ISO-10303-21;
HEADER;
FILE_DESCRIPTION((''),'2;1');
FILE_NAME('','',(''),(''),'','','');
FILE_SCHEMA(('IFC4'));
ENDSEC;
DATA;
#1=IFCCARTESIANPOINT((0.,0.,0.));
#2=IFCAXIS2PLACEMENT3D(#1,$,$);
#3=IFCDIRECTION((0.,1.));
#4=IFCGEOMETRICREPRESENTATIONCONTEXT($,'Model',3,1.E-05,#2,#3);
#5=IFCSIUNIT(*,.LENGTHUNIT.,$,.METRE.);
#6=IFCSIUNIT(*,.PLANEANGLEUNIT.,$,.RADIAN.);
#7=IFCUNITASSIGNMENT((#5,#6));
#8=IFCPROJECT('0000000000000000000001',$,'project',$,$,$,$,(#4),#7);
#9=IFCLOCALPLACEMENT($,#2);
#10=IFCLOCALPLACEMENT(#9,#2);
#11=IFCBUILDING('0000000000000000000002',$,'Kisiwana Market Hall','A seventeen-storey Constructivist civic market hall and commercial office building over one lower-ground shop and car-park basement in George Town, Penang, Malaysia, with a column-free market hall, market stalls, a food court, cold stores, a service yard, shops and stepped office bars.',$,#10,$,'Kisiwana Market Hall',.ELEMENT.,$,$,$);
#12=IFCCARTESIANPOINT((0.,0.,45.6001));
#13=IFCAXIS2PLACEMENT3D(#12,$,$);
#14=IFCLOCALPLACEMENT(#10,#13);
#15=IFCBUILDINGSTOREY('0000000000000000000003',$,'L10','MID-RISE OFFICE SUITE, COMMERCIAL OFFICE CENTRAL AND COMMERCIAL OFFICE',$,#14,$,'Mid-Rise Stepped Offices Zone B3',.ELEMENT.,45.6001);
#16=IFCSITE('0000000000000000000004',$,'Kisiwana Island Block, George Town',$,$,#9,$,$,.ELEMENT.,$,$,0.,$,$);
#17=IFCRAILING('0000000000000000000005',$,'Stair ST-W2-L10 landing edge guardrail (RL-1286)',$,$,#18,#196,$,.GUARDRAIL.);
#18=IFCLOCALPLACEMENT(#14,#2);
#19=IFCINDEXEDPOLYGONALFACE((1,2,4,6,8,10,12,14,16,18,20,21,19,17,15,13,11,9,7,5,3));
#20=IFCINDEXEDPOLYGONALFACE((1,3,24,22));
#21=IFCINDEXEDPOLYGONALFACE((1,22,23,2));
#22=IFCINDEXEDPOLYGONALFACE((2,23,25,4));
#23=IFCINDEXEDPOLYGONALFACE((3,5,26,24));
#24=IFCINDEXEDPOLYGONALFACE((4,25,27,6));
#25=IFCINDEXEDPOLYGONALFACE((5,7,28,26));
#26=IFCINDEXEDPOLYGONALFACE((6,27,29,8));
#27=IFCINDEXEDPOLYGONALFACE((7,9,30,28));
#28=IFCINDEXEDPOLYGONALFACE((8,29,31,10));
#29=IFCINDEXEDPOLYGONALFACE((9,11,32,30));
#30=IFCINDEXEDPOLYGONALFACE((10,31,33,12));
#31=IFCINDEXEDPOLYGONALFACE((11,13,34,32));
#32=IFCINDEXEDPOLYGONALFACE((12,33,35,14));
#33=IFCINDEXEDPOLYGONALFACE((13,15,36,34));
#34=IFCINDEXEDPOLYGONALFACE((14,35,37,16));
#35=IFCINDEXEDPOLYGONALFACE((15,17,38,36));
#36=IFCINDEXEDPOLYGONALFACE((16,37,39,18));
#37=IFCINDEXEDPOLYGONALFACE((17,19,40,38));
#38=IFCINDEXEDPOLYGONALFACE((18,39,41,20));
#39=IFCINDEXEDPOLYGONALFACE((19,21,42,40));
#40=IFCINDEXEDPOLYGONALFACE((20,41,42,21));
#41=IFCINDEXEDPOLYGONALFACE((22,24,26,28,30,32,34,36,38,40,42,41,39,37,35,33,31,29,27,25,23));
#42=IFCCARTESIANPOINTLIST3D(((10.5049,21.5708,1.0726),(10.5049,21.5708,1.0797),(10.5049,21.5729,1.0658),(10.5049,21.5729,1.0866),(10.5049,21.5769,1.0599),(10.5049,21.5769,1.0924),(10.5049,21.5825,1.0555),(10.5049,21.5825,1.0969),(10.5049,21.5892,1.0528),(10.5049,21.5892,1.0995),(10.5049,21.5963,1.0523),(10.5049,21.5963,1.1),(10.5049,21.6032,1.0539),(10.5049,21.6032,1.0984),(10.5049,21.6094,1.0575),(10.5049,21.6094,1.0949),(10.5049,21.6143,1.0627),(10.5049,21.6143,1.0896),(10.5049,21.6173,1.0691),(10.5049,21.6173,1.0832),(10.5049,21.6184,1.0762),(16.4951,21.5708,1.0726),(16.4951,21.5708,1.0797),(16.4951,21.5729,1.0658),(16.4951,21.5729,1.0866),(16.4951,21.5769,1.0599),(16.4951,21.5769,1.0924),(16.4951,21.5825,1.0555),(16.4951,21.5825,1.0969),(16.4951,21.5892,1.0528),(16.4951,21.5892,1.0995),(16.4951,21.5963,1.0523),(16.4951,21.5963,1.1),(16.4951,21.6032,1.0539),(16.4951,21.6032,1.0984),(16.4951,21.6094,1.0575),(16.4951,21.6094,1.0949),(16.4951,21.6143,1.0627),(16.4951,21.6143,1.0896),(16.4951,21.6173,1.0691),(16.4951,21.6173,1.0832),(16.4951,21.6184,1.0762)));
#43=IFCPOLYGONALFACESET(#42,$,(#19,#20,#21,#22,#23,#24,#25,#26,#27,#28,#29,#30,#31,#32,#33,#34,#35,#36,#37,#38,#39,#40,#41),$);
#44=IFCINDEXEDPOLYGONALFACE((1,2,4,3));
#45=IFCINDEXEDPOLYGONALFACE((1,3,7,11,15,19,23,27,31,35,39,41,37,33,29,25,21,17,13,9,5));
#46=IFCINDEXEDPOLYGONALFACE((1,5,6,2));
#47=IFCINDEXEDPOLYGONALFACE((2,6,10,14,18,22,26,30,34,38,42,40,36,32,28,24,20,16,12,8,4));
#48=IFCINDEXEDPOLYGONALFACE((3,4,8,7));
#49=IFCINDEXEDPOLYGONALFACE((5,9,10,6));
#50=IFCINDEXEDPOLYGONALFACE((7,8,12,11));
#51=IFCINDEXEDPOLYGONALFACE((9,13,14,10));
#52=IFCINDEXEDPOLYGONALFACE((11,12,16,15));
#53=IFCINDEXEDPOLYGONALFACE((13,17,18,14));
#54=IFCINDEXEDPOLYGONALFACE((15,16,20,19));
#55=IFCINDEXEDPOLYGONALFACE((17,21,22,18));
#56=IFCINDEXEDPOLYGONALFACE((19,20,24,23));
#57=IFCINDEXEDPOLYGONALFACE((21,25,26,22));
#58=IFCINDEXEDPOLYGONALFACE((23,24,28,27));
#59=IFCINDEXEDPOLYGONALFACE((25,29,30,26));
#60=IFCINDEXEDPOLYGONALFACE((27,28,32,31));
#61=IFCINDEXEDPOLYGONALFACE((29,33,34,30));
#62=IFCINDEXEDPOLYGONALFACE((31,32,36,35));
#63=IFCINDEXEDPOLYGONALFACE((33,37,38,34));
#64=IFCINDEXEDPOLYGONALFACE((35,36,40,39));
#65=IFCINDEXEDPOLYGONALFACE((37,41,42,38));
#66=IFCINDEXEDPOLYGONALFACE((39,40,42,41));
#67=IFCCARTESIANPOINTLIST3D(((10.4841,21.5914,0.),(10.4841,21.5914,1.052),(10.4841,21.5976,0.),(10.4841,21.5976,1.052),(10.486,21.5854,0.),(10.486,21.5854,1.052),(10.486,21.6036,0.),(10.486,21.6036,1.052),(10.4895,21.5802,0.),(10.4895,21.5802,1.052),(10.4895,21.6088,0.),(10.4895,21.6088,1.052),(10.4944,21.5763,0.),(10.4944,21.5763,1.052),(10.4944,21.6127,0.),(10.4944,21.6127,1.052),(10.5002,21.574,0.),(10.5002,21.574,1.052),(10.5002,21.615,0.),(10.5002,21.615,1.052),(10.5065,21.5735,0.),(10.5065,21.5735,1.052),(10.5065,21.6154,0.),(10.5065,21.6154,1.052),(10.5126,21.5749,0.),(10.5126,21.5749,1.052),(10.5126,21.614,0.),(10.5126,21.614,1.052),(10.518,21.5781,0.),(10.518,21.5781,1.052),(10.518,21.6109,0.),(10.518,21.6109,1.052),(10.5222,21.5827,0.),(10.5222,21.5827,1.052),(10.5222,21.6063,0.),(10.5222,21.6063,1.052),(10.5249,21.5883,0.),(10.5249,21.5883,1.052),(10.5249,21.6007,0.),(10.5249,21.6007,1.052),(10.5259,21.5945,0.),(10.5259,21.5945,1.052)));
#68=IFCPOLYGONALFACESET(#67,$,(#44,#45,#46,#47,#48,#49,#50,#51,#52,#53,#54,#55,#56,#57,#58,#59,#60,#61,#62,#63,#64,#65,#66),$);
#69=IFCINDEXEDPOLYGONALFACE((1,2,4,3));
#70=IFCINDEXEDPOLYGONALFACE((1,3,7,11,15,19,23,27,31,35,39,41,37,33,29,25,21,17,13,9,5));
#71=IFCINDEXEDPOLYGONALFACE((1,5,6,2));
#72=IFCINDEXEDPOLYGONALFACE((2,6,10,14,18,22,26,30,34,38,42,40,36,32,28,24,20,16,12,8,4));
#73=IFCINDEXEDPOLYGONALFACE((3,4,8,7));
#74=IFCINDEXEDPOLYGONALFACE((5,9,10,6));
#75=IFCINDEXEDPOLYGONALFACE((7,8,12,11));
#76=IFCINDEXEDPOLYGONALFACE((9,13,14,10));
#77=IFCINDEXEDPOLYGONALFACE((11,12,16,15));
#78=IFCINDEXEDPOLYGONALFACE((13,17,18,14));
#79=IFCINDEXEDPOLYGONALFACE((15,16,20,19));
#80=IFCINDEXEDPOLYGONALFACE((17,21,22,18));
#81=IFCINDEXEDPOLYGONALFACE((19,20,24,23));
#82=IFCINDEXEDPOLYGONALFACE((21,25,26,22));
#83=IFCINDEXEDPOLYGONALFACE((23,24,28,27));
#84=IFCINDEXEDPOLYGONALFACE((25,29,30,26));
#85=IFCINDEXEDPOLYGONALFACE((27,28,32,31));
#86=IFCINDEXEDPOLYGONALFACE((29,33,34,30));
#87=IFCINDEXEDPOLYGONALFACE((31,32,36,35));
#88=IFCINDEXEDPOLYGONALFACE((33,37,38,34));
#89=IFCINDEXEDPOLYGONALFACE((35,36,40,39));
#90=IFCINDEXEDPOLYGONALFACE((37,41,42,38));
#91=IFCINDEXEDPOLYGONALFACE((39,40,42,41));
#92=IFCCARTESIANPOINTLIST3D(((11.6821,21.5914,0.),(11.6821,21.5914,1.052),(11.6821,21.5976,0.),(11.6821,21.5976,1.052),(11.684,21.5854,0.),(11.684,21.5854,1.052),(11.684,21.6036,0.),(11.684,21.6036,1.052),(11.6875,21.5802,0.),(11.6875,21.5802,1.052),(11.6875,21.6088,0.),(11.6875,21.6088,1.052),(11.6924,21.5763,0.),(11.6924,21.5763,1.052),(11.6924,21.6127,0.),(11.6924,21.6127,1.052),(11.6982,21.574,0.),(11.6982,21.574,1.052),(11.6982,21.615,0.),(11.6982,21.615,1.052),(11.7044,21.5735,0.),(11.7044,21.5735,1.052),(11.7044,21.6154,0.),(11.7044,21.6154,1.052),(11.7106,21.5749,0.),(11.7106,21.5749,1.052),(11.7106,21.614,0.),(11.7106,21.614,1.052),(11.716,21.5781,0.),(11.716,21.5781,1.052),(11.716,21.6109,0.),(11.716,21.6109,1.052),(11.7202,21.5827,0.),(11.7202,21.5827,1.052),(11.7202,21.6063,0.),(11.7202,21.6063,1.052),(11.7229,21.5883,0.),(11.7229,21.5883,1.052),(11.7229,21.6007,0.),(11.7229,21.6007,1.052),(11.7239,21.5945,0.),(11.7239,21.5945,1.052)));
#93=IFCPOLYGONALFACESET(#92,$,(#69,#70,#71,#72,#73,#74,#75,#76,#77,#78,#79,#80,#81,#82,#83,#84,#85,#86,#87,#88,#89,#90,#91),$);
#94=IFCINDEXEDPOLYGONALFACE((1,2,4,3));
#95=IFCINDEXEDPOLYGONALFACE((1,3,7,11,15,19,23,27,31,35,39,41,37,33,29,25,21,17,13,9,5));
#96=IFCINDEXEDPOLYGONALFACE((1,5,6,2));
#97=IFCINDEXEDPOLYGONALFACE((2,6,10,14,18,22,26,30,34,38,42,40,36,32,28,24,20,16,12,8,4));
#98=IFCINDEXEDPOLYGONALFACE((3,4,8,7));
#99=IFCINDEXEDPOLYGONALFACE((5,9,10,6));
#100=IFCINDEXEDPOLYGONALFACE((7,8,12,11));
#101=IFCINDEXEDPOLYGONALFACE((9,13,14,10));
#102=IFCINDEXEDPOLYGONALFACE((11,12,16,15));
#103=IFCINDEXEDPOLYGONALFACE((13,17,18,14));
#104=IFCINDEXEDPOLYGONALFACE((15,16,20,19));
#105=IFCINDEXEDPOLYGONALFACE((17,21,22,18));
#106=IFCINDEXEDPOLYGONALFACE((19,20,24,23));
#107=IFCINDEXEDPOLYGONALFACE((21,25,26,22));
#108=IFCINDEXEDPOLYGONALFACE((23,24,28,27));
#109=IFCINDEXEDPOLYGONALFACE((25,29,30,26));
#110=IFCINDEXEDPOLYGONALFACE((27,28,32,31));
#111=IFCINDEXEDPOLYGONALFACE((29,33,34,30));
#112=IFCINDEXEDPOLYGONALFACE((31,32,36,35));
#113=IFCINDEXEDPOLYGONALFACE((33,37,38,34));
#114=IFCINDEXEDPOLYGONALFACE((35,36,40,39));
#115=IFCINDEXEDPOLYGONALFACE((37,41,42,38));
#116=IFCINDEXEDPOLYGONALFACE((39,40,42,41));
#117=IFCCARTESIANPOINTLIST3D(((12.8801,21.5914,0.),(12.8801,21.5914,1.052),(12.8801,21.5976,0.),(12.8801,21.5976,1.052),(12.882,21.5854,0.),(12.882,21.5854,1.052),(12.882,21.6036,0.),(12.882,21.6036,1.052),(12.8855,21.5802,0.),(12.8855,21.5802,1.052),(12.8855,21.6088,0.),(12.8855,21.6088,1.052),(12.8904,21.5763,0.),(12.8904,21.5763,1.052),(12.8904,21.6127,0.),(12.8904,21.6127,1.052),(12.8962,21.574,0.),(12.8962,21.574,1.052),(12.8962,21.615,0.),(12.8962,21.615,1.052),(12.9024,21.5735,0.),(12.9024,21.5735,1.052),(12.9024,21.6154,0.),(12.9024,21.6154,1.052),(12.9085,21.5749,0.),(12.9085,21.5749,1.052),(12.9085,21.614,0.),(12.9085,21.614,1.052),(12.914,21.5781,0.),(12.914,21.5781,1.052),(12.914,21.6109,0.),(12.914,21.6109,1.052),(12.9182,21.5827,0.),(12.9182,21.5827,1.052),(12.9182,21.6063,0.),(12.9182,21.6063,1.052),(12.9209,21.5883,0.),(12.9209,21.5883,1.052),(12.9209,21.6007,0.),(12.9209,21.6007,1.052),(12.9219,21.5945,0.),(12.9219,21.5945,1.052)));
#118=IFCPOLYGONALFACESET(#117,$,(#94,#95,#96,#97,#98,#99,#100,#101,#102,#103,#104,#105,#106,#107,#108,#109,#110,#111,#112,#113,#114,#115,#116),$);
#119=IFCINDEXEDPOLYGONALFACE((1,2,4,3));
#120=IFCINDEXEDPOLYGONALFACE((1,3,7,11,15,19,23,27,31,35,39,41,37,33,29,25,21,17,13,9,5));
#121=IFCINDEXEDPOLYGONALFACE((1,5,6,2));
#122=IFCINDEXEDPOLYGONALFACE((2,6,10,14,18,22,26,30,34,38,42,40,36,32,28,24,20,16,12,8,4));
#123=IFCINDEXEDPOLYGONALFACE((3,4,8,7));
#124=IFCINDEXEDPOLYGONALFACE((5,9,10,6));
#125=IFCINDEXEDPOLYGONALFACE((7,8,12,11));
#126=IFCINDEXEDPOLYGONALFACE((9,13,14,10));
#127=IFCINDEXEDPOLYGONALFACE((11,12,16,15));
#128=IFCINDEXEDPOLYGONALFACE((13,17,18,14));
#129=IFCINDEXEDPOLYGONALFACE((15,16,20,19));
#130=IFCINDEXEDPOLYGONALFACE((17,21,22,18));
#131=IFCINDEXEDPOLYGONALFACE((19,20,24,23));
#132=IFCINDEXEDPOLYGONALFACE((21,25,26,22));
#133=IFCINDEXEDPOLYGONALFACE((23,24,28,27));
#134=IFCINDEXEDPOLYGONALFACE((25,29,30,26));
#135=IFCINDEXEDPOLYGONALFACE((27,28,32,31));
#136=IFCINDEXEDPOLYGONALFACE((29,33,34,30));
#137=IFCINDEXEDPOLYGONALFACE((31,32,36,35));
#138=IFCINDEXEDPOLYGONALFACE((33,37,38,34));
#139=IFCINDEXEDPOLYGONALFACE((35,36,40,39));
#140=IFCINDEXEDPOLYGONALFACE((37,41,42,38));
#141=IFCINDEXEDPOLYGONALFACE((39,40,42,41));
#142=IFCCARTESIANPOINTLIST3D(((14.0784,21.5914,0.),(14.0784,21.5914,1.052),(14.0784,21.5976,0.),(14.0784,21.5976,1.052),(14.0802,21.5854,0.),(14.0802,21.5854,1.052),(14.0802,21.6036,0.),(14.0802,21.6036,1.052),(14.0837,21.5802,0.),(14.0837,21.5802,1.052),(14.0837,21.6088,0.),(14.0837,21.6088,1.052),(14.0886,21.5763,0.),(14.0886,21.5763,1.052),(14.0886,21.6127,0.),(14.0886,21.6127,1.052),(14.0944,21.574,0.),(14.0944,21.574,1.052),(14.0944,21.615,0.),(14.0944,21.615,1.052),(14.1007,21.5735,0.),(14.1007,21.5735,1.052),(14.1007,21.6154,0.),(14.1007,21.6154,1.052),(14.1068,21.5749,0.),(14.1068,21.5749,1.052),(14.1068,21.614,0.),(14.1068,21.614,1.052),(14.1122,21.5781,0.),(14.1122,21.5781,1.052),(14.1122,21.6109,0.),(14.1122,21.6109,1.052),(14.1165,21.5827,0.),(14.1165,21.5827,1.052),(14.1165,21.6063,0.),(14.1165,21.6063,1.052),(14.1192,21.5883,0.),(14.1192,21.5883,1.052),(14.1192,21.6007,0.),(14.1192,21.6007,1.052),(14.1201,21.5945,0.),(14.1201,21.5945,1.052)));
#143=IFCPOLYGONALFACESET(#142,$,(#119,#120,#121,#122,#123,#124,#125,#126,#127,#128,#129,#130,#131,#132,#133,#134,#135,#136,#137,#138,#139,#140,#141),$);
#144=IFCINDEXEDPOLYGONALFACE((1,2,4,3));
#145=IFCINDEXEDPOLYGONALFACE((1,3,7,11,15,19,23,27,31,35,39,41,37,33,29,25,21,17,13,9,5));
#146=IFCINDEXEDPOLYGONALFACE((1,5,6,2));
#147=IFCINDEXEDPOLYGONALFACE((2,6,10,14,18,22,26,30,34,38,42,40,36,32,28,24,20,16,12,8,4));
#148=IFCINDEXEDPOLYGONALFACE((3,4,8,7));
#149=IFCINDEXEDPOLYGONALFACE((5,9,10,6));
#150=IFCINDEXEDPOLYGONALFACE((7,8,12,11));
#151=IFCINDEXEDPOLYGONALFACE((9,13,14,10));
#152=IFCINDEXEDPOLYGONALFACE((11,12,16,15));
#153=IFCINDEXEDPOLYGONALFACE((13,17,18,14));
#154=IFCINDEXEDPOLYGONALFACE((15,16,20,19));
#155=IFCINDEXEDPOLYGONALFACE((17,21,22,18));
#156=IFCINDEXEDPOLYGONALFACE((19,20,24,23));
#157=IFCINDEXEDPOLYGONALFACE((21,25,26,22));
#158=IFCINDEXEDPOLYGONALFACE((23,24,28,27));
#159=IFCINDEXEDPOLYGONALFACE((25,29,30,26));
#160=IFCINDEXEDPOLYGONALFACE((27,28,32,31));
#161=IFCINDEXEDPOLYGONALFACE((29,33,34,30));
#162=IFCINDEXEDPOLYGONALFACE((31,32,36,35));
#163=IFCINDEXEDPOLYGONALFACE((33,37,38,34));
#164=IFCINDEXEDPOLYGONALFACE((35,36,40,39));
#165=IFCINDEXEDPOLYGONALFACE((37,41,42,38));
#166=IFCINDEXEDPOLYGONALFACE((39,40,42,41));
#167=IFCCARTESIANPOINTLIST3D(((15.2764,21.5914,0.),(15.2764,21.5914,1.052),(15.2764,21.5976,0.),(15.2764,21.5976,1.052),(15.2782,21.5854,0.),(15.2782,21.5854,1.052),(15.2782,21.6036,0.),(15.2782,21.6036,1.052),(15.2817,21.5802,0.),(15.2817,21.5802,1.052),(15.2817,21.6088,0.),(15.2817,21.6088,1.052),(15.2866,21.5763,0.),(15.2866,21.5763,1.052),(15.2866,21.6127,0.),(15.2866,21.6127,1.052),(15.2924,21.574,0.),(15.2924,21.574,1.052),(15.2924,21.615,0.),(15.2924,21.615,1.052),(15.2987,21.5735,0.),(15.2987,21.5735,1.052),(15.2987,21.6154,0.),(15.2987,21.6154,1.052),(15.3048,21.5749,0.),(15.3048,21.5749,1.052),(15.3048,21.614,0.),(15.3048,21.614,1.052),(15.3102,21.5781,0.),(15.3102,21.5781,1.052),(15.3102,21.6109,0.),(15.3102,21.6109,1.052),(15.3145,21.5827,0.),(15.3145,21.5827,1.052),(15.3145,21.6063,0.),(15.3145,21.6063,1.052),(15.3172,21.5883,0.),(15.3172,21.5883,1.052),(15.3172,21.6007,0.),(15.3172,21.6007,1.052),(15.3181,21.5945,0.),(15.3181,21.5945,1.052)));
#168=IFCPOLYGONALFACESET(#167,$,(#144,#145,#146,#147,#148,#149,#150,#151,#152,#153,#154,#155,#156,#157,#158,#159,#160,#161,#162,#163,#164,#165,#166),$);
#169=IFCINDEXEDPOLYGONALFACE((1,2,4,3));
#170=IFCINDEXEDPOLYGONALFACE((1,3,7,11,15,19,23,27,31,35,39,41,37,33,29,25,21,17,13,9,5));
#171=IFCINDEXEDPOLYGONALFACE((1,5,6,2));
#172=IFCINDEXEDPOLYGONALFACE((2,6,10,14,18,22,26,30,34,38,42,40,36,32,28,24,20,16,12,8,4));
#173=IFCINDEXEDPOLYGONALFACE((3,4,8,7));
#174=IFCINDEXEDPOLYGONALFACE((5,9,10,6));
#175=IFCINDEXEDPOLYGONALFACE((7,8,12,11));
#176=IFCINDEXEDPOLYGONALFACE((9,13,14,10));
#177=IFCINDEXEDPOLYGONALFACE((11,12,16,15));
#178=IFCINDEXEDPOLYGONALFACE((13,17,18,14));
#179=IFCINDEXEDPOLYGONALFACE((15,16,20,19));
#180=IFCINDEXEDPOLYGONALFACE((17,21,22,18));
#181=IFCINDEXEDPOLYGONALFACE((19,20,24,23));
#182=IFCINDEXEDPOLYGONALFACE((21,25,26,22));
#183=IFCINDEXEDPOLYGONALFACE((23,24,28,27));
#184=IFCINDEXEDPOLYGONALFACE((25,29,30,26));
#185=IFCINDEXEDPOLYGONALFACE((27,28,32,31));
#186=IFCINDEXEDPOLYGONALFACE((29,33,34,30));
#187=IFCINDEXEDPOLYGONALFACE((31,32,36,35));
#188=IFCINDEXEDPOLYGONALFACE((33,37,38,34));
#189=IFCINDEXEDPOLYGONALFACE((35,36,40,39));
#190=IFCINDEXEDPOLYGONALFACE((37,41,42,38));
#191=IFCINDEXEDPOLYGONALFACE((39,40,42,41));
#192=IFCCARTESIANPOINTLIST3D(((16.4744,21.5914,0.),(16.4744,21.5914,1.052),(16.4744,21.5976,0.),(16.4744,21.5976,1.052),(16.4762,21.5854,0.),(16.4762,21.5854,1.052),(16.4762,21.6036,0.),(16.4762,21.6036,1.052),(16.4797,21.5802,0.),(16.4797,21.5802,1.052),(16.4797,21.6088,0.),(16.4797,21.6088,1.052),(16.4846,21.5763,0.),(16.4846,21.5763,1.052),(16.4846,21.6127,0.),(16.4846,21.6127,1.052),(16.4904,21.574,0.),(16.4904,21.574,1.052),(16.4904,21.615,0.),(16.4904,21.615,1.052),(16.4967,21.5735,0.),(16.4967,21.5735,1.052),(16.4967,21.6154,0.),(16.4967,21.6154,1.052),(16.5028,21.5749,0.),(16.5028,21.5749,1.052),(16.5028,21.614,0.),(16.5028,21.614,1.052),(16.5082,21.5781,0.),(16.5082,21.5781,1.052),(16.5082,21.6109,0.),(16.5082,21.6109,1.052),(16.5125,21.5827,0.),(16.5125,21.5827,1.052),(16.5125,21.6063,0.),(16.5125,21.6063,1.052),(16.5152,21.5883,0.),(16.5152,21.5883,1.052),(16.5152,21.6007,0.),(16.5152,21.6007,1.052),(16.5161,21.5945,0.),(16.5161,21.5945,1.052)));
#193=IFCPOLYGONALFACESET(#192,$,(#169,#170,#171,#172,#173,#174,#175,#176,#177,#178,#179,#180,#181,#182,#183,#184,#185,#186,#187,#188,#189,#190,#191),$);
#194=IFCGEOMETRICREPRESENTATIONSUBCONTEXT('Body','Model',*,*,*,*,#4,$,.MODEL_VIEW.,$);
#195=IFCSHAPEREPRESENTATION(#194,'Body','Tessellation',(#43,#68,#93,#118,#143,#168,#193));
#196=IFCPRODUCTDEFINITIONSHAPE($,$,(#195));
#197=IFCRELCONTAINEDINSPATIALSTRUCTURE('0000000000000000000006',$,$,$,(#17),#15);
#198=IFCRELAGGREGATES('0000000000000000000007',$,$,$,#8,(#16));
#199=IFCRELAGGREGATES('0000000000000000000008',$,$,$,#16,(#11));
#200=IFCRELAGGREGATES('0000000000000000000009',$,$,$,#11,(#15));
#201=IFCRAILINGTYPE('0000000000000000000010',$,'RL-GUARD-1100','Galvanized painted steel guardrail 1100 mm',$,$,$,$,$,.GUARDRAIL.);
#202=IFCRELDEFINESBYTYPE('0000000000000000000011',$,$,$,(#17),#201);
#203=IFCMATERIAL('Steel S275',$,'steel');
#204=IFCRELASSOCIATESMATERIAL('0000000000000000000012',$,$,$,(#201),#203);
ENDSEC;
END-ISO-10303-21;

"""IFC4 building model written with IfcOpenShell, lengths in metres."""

from ifc_helpers import new_model, si_unit, direction, frame, origin, origin_2d, place, context, subcontext, project, spatial, circle, extrude, material, type_object, element, save


model = new_model("IFC4")

# Units and contexts
model_context = context("Model", 3, precision=1e-05, world=origin(), true_north=direction((0.0, 1.0)))
body_context = subcontext(model_context, "Body", "Model", "MODEL_VIEW")
ifc_project = project(units=[si_unit("LENGTHUNIT", "METRE"), si_unit("PLANEANGLEUNIT", "RADIAN")], contexts=[model_context])

# Site, building, storey
site_placement = place(None, origin())
site = spatial("IfcSite", under=ifc_project, at=site_placement, Name="Kisiwana Island Block, George Town", CompositionType="ELEMENT", RefElevation=0.0)
building_placement = place(site_placement, origin())
building = spatial("IfcBuilding", under=site, at=building_placement, Name="Kisiwana Market Hall", Description="A seventeen-storey Constructivist civic market hall and commercial office building over one lower-ground shop and car-park basement in George Town, Penang, Malaysia, with a column-free market hall, market stalls, a food court, cold stores, a service yard, shops and stepped office bars.", LongName="Kisiwana Market Hall", CompositionType="ELEMENT")
storey_placement = place(building_placement, frame((0.0, 0.0, 45.6001)))
storey = spatial("IfcBuildingStorey", under=building, at=storey_placement, Name="L10", Description="MID-RISE OFFICE SUITE, COMMERCIAL OFFICE CENTRAL AND COMMERCIAL OFFICE", LongName="Mid-Rise Stepped Offices Zone B3", CompositionType="ELEMENT", Elevation=45.6001)

# Railing
ifc_material_1 = material(Name="Steel S275", Category="steel")
railing_type_1 = type_object("IfcRailingType", Name="RL-GUARD-1100", Description="Galvanized painted steel guardrail 1100 mm", PredefinedType="GUARDRAIL", material=ifc_material_1)
railing_1_placement = place(storey_placement, frame((10.5049, 21.5945, 0.0)))
element("IfcRailing", 1, at=railing_1_placement, inside=storey, type_object=railing_type_1, Name="Stair ST-W2-L10 landing edge guardrail (RL-1286)", PredefinedType="GUARDRAIL", context=body_context, shape_type="SweptSolid", body=[
    extrude(circle(Radius=0.0239, at=origin_2d()), frame((0.0, 0.0, 1.0762), z_axis=(1.0, 0.0, 0.0), x_axis=(0.0, 1.0, 0.0)), (0.0, 0.0, 1.0), 5.9902),
    extrude(circle(Radius=0.021, at=origin_2d()), origin(), (0.0, 0.0, 1.0), 1.052),
    extrude(circle(Radius=0.021, at=origin_2d()), frame((1.198, 0.0, 0.0)), (0.0, 0.0, 1.0), 1.052),
    extrude(circle(Radius=0.021, at=origin_2d()), frame((2.396, 0.0, 0.0)), (0.0, 0.0, 1.0), 1.052),
    extrude(circle(Radius=0.021, at=origin_2d()), frame((3.5942, 0.0, 0.0)), (0.0, 0.0, 1.0), 1.052),
    extrude(circle(Radius=0.021, at=origin_2d()), frame((4.7922, 0.0, 0.0)), (0.0, 0.0, 1.0), 1.052),
    extrude(circle(Radius=0.021, at=origin_2d()), frame((5.9902, 0.0, 0.0)), (0.0, 0.0, 1.0), 1.052),
])

save(model, "model.ifc")
